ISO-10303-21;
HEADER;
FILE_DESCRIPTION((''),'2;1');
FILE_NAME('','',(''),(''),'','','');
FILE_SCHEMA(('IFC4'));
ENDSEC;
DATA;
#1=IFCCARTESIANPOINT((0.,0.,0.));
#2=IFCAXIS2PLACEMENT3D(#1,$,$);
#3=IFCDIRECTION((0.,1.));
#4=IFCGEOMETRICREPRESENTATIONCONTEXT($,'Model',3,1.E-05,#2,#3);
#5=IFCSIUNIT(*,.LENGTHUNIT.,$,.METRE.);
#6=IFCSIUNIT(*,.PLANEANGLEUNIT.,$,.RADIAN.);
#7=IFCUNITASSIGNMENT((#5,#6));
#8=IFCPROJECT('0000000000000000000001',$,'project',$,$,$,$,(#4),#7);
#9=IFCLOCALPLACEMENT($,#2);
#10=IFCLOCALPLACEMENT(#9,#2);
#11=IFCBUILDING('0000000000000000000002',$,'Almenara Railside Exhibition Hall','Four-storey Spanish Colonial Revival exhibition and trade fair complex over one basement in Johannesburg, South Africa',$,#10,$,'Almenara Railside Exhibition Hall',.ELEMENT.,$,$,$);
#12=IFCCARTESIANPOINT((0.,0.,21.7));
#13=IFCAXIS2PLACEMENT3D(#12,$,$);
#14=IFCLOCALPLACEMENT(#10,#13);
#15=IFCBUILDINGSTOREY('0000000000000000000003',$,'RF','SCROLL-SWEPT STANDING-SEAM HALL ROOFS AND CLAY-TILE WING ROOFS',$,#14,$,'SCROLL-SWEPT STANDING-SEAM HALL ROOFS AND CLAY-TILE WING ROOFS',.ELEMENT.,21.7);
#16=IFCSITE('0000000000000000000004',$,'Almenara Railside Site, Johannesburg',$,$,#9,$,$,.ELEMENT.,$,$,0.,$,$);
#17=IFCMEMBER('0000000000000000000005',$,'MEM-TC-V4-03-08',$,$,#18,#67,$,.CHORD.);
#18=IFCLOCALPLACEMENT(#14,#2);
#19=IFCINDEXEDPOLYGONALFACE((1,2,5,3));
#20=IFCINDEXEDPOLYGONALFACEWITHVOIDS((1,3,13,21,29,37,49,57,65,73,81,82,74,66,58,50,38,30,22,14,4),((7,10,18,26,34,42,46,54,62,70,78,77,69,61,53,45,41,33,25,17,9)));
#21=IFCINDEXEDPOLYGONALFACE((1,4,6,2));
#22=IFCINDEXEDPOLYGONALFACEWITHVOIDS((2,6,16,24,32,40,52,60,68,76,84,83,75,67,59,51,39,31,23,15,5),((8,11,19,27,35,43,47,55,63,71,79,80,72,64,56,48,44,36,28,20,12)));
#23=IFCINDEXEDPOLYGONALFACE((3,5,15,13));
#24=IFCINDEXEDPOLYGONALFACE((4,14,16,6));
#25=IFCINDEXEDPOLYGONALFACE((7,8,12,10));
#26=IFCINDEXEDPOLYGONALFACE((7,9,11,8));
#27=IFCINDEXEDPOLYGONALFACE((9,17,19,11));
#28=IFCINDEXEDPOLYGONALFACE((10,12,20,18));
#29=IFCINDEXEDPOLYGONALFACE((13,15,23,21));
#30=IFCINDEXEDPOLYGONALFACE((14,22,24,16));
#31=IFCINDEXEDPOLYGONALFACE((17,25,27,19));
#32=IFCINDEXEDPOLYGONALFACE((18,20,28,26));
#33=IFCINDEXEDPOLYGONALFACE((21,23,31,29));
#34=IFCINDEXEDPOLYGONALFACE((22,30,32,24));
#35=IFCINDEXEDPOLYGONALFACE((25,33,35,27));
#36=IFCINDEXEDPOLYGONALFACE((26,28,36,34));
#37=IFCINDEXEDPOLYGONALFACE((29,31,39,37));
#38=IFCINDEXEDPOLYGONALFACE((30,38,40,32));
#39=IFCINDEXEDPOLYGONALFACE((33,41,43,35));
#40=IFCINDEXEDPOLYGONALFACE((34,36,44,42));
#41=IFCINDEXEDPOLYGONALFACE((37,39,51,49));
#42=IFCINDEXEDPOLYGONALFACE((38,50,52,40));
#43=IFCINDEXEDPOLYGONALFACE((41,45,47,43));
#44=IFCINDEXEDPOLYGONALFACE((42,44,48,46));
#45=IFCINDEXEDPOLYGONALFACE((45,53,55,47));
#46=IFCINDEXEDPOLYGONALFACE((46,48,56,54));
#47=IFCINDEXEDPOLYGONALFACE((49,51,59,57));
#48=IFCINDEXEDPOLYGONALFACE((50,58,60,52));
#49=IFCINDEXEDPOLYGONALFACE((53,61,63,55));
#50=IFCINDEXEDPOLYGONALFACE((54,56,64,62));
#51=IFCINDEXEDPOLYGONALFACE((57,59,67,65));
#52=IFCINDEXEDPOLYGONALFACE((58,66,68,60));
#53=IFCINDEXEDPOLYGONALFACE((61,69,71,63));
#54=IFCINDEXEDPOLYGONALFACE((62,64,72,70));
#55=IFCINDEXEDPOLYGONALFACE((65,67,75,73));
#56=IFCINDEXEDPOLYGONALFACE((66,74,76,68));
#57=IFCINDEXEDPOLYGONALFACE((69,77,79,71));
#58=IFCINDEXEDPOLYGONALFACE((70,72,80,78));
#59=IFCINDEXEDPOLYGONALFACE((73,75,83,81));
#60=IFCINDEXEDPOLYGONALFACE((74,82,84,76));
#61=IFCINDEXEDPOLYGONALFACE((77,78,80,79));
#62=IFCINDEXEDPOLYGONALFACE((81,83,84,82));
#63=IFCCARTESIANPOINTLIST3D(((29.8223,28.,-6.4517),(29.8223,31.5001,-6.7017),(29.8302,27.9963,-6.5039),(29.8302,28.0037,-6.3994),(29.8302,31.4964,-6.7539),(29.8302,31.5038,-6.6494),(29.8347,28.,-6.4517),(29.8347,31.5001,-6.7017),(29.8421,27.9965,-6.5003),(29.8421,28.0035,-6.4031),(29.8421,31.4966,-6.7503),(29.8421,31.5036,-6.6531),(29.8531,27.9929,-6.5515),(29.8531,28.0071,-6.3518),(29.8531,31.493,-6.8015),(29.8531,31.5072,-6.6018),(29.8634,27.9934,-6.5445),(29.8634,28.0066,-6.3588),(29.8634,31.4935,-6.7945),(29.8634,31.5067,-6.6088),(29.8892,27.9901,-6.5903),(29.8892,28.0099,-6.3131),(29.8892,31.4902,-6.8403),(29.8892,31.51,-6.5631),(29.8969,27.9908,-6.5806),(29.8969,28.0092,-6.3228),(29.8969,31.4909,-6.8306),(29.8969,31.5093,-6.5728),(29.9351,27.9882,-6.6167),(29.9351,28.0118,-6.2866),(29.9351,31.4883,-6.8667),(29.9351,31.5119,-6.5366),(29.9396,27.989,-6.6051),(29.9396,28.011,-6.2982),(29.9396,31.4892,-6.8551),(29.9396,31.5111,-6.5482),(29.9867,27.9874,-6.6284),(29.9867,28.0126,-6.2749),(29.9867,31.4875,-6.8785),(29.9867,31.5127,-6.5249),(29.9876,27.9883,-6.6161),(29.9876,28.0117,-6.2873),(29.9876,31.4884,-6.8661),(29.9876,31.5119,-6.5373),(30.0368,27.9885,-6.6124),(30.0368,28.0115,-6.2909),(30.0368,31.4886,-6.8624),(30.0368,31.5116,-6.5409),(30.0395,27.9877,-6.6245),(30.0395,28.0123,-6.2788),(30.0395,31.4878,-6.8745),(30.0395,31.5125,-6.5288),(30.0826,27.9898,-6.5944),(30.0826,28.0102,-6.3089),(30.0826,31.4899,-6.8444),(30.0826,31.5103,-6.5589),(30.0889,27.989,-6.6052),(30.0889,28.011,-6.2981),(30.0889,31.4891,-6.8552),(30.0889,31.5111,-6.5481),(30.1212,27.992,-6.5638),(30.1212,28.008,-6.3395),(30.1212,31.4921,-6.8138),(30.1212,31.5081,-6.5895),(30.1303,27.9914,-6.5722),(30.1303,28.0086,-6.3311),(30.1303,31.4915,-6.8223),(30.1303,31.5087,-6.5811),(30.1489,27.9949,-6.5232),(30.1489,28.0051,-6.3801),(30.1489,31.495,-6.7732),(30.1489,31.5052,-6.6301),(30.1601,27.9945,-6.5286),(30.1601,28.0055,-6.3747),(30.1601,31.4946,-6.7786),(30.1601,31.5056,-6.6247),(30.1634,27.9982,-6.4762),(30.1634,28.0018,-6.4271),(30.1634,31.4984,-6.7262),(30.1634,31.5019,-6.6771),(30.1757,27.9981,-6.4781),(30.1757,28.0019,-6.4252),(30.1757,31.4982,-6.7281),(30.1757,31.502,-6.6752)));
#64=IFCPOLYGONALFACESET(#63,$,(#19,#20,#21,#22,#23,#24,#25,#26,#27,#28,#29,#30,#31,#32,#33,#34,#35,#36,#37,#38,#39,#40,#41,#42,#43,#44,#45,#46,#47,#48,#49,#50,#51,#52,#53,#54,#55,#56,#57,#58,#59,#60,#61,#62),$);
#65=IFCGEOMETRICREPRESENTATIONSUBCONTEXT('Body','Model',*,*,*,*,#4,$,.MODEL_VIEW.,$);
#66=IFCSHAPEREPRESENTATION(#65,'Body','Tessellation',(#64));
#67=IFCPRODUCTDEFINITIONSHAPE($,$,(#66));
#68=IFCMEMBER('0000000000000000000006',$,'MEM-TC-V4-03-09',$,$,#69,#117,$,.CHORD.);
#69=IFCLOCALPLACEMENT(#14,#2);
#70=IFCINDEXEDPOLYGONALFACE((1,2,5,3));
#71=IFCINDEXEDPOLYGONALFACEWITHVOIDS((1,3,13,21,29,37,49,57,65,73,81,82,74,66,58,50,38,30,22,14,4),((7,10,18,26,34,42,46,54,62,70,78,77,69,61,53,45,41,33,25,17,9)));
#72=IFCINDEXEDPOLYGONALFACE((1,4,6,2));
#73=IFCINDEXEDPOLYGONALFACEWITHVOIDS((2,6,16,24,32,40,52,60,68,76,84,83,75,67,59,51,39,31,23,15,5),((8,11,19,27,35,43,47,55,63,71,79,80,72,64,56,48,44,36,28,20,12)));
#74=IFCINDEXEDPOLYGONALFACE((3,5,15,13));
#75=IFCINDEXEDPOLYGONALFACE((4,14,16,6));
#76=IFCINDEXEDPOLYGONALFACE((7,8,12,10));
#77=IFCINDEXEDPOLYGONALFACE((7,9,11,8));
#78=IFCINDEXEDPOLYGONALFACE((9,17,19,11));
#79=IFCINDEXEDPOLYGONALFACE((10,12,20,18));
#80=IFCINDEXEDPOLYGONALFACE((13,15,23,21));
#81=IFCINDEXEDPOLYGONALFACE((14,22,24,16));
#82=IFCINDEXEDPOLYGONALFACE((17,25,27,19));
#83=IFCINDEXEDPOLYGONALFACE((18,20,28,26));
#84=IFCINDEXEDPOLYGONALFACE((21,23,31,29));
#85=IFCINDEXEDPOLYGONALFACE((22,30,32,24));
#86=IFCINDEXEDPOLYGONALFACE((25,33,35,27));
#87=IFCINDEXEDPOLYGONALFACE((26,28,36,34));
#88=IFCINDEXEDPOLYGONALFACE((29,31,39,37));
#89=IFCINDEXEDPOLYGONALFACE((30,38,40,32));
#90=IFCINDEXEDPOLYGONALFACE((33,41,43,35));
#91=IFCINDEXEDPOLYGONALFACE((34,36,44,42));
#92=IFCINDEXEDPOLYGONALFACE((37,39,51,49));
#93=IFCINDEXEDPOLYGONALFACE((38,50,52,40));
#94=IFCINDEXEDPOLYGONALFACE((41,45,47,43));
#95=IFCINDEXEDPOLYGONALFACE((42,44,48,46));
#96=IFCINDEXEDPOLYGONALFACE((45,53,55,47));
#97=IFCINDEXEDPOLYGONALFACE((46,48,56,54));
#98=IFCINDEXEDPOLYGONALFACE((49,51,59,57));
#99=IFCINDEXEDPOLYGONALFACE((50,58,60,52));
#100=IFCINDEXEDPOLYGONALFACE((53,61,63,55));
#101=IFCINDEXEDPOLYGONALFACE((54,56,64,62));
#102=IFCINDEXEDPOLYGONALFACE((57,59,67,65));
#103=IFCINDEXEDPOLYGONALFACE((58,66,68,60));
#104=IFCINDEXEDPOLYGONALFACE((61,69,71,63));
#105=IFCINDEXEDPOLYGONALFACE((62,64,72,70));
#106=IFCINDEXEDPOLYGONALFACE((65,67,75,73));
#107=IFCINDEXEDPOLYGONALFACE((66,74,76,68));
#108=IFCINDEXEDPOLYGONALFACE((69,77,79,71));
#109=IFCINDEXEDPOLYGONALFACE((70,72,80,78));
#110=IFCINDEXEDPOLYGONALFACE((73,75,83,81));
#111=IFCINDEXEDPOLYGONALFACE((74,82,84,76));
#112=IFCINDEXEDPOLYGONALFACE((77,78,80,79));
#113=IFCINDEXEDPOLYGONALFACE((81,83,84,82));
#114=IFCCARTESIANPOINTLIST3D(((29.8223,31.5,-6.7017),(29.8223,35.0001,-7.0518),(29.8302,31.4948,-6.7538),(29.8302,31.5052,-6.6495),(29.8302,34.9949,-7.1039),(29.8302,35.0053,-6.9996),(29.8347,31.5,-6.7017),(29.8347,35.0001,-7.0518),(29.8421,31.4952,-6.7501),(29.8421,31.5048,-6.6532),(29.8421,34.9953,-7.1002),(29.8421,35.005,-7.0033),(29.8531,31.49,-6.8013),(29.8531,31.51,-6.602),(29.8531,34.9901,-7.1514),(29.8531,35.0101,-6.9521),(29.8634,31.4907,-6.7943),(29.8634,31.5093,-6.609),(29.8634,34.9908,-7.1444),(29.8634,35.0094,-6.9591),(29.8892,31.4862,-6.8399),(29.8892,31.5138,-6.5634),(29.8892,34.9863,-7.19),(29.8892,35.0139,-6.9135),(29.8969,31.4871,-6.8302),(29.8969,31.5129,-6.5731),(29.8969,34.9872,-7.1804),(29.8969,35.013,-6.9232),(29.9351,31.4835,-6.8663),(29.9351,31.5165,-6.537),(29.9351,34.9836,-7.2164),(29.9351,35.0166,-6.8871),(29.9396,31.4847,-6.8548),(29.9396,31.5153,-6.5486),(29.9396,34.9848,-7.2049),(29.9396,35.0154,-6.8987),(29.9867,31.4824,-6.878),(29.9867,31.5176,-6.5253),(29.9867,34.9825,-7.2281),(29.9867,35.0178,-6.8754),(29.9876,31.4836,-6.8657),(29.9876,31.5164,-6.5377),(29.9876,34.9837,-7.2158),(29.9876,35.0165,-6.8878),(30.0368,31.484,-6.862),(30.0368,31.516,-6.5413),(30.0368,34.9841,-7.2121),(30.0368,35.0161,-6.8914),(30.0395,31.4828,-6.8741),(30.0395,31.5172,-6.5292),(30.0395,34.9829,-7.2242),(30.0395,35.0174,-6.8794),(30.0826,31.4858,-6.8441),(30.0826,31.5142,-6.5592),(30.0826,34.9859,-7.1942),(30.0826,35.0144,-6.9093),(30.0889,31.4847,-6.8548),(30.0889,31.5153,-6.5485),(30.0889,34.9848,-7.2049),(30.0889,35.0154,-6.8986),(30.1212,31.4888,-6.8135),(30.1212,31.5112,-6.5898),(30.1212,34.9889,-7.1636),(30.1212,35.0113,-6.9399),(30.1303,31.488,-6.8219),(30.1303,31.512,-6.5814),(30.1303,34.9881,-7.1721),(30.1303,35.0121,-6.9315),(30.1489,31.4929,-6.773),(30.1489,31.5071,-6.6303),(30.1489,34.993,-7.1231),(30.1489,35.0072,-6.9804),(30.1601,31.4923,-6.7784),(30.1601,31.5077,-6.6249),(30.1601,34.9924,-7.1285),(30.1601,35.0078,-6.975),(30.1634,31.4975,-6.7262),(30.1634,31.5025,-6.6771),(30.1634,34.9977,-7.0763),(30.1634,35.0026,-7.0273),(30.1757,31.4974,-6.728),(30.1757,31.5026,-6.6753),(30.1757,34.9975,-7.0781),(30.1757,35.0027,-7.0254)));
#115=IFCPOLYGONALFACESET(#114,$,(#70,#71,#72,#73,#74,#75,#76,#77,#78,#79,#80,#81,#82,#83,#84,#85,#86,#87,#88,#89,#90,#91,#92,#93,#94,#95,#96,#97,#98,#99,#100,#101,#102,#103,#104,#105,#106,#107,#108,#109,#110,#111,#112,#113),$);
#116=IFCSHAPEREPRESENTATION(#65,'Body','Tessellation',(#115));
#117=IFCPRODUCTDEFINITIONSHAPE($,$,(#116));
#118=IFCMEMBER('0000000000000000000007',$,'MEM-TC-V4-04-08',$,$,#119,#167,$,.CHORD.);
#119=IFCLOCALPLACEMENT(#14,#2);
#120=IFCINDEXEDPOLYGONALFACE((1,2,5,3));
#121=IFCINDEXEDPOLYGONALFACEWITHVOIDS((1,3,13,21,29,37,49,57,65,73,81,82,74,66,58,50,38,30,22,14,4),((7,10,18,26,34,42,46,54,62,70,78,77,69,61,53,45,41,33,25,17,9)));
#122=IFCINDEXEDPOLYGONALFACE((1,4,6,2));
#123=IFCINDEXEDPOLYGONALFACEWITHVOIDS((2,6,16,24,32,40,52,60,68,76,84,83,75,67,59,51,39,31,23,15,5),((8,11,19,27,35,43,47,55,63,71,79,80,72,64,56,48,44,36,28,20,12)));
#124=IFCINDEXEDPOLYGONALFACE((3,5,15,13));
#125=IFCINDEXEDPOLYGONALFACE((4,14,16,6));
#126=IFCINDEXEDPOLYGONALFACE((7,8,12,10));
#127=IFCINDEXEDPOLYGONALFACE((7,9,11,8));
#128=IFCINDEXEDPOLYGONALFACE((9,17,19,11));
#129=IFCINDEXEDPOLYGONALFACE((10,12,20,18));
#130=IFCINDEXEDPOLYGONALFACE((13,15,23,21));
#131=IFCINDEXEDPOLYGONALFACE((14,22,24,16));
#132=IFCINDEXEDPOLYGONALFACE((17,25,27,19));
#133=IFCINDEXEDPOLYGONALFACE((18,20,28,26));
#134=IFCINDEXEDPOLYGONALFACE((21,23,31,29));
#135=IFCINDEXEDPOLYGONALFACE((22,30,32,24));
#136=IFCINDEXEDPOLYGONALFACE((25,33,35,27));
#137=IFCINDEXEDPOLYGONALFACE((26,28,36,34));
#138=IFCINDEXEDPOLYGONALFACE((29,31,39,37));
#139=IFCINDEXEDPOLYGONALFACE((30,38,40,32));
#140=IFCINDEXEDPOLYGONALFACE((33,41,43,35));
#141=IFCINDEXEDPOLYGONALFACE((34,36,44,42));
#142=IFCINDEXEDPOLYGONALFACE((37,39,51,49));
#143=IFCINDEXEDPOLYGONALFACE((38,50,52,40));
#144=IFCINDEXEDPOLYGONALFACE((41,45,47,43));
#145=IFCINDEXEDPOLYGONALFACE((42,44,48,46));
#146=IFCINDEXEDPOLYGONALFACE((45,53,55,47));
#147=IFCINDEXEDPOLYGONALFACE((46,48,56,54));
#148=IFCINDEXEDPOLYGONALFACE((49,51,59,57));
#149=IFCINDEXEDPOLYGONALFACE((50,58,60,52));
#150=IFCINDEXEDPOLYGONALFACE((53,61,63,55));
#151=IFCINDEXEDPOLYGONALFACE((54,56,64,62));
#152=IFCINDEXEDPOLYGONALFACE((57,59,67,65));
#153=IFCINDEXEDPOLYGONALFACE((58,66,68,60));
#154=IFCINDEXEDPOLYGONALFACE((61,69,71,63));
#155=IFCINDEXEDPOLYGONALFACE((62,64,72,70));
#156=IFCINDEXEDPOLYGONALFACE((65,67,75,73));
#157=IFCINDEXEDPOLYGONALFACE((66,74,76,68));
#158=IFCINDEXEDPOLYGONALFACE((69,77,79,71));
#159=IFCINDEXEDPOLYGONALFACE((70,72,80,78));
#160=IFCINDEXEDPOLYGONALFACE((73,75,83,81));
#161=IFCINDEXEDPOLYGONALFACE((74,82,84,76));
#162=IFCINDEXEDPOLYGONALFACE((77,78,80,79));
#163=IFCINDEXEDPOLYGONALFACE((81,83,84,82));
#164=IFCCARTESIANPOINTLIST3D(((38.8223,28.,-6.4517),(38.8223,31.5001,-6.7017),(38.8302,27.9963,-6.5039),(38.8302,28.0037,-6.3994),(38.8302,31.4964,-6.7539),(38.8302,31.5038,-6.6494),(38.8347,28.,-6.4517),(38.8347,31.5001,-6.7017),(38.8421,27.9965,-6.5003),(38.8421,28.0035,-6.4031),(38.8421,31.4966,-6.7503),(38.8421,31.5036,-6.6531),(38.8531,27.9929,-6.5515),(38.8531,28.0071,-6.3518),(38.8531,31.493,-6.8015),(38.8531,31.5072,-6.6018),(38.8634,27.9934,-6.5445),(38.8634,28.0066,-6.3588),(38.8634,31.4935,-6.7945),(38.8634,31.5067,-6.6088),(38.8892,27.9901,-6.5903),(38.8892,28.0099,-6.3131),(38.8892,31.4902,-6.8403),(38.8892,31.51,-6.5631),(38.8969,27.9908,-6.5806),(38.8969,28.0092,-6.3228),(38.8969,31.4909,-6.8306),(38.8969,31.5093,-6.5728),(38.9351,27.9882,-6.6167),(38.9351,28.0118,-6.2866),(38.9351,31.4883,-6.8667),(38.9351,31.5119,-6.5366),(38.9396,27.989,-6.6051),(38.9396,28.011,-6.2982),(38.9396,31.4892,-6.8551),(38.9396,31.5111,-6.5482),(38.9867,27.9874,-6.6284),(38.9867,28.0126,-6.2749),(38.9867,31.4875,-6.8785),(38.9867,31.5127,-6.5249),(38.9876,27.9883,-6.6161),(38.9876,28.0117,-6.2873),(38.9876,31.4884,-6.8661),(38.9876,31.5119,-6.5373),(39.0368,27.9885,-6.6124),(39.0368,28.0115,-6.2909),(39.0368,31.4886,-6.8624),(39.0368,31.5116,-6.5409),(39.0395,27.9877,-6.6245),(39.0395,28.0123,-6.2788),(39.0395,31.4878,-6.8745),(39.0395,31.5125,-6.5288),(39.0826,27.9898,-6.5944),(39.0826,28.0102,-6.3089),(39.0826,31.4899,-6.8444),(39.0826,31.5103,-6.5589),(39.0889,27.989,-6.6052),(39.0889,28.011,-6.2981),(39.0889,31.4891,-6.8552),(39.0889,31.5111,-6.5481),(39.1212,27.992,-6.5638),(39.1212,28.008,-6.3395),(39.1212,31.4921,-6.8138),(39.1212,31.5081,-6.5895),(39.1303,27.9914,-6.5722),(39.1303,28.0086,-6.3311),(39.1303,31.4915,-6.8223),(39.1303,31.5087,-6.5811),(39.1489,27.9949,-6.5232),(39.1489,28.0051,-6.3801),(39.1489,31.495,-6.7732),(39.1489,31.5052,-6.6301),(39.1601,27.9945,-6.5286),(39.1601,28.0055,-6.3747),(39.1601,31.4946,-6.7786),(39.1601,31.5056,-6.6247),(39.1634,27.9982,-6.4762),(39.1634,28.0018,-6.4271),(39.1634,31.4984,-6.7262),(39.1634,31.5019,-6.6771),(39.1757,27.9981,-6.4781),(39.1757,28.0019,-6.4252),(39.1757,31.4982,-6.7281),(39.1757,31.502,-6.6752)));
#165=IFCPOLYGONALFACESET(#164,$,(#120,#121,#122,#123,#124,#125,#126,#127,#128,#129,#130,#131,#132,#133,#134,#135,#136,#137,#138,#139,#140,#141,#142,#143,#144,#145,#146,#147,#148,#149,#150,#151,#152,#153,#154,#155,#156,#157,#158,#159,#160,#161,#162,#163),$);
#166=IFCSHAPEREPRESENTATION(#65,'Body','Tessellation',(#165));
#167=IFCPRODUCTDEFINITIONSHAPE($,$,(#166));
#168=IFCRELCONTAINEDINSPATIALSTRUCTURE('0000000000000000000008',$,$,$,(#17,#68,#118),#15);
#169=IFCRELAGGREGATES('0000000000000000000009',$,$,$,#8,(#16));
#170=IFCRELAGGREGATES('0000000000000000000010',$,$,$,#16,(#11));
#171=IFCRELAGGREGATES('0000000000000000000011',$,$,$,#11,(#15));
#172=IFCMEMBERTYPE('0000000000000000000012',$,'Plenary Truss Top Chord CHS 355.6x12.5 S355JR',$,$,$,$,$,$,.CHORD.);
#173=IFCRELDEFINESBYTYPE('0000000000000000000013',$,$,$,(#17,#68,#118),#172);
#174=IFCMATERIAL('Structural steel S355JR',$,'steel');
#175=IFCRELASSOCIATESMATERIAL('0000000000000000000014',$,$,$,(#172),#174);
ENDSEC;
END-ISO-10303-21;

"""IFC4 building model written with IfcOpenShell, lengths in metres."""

from ifc_helpers import new_model, si_unit, direction, frame, origin, origin_2d, place, context, subcontext, project, spatial, hollow_circle, extrude, material, material_profile, profile_set, type_object, element, save


model = new_model("IFC4")

# Units and contexts
model_context = context("Model", 3, precision=1e-05, world=origin(), true_north=direction((0.0, 1.0)))
body_context = subcontext(model_context, "Body", "Model", "MODEL_VIEW")
ifc_project = project(units=[si_unit("LENGTHUNIT", "METRE"), si_unit("PLANEANGLEUNIT", "RADIAN")], contexts=[model_context])

# Site, building, storey
site_placement = place(None, origin())
site = spatial("IfcSite", under=ifc_project, at=site_placement, Name="Almenara Railside Site, Johannesburg", CompositionType="ELEMENT", RefElevation=0.0)
building_placement = place(site_placement, origin())
building = spatial("IfcBuilding", under=site, at=building_placement, Name="Almenara Railside Exhibition Hall", Description="Four-storey Spanish Colonial Revival exhibition and trade fair complex over one basement in Johannesburg, South Africa", LongName="Almenara Railside Exhibition Hall", CompositionType="ELEMENT")
storey_placement = place(building_placement, frame((0.0, 0.0, 21.7)))
storey = spatial("IfcBuildingStorey", under=building, at=storey_placement, Name="RF", Description="SCROLL-SWEPT STANDING-SEAM HALL ROOFS AND CLAY-TILE WING ROOFS", LongName="SCROLL-SWEPT STANDING-SEAM HALL ROOFS AND CLAY-TILE WING ROOFS", CompositionType="ELEMENT", Elevation=21.7)

# Members
ifc_material_1 = material(Name="Structural steel S355JR", Category="steel")
ifc_material_profile_1 = material_profile(ifc_material_1, hollow_circle(Radius=0.1777, WallThickness=0.0125, at=origin_2d()), Name="CHS 355.6x12.5")
ifc_profile_set_1 = profile_set([ifc_material_profile_1], Name="Structural steel S355JR")
member_type_1 = type_object("IfcMemberType", Name="Plenary Truss Top Chord CHS 355.6x12.5 S355JR", PredefinedType="CHORD", material=ifc_profile_set_1)
member_1_placement = place(storey_placement, frame((30.0, 28.0, -6.4517), z_axis=(0.0, 0.997459, -0.071247), x_axis=(-1.0, 0.0, 0.0)))
element("IfcMember", 1, at=member_1_placement, inside=storey, type_object=member_type_1, Name="MEM-TC-V4-03-08", PredefinedType="CHORD", context=body_context, shape_type="SweptSolid", body=[
    extrude(hollow_circle(Radius=0.1777, WallThickness=0.0125, at=origin_2d()), origin(), (0.0, 0.0, 1.0), 3.509),
])
member_2_placement = place(storey_placement, frame((30.0, 31.5, -6.7017), z_axis=(0.0, 0.995034, -0.099531), x_axis=(-1.0, 0.0, 0.0)))
element("IfcMember", 2, at=member_2_placement, inside=storey, type_object=member_type_1, Name="MEM-TC-V4-03-09", PredefinedType="CHORD", context=body_context, shape_type="SweptSolid", body=[
    extrude(hollow_circle(Radius=0.1777, WallThickness=0.0125, at=origin_2d()), origin(), (0.0, 0.0, 1.0), 3.5176),
])
member_3_placement = place(storey_placement, frame((39.0, 28.0, -6.4517), z_axis=(0.0, 0.997459, -0.071247), x_axis=(-1.0, 0.0, 0.0)))
element("IfcMember", 3, at=member_3_placement, inside=storey, type_object=member_type_1, Name="MEM-TC-V4-04-08", PredefinedType="CHORD", context=body_context, shape_type="SweptSolid", body=[
    extrude(hollow_circle(Radius=0.1777, WallThickness=0.0125, at=origin_2d()), origin(), (0.0, 0.0, 1.0), 3.509),
])

save(model, "model.ifc")
